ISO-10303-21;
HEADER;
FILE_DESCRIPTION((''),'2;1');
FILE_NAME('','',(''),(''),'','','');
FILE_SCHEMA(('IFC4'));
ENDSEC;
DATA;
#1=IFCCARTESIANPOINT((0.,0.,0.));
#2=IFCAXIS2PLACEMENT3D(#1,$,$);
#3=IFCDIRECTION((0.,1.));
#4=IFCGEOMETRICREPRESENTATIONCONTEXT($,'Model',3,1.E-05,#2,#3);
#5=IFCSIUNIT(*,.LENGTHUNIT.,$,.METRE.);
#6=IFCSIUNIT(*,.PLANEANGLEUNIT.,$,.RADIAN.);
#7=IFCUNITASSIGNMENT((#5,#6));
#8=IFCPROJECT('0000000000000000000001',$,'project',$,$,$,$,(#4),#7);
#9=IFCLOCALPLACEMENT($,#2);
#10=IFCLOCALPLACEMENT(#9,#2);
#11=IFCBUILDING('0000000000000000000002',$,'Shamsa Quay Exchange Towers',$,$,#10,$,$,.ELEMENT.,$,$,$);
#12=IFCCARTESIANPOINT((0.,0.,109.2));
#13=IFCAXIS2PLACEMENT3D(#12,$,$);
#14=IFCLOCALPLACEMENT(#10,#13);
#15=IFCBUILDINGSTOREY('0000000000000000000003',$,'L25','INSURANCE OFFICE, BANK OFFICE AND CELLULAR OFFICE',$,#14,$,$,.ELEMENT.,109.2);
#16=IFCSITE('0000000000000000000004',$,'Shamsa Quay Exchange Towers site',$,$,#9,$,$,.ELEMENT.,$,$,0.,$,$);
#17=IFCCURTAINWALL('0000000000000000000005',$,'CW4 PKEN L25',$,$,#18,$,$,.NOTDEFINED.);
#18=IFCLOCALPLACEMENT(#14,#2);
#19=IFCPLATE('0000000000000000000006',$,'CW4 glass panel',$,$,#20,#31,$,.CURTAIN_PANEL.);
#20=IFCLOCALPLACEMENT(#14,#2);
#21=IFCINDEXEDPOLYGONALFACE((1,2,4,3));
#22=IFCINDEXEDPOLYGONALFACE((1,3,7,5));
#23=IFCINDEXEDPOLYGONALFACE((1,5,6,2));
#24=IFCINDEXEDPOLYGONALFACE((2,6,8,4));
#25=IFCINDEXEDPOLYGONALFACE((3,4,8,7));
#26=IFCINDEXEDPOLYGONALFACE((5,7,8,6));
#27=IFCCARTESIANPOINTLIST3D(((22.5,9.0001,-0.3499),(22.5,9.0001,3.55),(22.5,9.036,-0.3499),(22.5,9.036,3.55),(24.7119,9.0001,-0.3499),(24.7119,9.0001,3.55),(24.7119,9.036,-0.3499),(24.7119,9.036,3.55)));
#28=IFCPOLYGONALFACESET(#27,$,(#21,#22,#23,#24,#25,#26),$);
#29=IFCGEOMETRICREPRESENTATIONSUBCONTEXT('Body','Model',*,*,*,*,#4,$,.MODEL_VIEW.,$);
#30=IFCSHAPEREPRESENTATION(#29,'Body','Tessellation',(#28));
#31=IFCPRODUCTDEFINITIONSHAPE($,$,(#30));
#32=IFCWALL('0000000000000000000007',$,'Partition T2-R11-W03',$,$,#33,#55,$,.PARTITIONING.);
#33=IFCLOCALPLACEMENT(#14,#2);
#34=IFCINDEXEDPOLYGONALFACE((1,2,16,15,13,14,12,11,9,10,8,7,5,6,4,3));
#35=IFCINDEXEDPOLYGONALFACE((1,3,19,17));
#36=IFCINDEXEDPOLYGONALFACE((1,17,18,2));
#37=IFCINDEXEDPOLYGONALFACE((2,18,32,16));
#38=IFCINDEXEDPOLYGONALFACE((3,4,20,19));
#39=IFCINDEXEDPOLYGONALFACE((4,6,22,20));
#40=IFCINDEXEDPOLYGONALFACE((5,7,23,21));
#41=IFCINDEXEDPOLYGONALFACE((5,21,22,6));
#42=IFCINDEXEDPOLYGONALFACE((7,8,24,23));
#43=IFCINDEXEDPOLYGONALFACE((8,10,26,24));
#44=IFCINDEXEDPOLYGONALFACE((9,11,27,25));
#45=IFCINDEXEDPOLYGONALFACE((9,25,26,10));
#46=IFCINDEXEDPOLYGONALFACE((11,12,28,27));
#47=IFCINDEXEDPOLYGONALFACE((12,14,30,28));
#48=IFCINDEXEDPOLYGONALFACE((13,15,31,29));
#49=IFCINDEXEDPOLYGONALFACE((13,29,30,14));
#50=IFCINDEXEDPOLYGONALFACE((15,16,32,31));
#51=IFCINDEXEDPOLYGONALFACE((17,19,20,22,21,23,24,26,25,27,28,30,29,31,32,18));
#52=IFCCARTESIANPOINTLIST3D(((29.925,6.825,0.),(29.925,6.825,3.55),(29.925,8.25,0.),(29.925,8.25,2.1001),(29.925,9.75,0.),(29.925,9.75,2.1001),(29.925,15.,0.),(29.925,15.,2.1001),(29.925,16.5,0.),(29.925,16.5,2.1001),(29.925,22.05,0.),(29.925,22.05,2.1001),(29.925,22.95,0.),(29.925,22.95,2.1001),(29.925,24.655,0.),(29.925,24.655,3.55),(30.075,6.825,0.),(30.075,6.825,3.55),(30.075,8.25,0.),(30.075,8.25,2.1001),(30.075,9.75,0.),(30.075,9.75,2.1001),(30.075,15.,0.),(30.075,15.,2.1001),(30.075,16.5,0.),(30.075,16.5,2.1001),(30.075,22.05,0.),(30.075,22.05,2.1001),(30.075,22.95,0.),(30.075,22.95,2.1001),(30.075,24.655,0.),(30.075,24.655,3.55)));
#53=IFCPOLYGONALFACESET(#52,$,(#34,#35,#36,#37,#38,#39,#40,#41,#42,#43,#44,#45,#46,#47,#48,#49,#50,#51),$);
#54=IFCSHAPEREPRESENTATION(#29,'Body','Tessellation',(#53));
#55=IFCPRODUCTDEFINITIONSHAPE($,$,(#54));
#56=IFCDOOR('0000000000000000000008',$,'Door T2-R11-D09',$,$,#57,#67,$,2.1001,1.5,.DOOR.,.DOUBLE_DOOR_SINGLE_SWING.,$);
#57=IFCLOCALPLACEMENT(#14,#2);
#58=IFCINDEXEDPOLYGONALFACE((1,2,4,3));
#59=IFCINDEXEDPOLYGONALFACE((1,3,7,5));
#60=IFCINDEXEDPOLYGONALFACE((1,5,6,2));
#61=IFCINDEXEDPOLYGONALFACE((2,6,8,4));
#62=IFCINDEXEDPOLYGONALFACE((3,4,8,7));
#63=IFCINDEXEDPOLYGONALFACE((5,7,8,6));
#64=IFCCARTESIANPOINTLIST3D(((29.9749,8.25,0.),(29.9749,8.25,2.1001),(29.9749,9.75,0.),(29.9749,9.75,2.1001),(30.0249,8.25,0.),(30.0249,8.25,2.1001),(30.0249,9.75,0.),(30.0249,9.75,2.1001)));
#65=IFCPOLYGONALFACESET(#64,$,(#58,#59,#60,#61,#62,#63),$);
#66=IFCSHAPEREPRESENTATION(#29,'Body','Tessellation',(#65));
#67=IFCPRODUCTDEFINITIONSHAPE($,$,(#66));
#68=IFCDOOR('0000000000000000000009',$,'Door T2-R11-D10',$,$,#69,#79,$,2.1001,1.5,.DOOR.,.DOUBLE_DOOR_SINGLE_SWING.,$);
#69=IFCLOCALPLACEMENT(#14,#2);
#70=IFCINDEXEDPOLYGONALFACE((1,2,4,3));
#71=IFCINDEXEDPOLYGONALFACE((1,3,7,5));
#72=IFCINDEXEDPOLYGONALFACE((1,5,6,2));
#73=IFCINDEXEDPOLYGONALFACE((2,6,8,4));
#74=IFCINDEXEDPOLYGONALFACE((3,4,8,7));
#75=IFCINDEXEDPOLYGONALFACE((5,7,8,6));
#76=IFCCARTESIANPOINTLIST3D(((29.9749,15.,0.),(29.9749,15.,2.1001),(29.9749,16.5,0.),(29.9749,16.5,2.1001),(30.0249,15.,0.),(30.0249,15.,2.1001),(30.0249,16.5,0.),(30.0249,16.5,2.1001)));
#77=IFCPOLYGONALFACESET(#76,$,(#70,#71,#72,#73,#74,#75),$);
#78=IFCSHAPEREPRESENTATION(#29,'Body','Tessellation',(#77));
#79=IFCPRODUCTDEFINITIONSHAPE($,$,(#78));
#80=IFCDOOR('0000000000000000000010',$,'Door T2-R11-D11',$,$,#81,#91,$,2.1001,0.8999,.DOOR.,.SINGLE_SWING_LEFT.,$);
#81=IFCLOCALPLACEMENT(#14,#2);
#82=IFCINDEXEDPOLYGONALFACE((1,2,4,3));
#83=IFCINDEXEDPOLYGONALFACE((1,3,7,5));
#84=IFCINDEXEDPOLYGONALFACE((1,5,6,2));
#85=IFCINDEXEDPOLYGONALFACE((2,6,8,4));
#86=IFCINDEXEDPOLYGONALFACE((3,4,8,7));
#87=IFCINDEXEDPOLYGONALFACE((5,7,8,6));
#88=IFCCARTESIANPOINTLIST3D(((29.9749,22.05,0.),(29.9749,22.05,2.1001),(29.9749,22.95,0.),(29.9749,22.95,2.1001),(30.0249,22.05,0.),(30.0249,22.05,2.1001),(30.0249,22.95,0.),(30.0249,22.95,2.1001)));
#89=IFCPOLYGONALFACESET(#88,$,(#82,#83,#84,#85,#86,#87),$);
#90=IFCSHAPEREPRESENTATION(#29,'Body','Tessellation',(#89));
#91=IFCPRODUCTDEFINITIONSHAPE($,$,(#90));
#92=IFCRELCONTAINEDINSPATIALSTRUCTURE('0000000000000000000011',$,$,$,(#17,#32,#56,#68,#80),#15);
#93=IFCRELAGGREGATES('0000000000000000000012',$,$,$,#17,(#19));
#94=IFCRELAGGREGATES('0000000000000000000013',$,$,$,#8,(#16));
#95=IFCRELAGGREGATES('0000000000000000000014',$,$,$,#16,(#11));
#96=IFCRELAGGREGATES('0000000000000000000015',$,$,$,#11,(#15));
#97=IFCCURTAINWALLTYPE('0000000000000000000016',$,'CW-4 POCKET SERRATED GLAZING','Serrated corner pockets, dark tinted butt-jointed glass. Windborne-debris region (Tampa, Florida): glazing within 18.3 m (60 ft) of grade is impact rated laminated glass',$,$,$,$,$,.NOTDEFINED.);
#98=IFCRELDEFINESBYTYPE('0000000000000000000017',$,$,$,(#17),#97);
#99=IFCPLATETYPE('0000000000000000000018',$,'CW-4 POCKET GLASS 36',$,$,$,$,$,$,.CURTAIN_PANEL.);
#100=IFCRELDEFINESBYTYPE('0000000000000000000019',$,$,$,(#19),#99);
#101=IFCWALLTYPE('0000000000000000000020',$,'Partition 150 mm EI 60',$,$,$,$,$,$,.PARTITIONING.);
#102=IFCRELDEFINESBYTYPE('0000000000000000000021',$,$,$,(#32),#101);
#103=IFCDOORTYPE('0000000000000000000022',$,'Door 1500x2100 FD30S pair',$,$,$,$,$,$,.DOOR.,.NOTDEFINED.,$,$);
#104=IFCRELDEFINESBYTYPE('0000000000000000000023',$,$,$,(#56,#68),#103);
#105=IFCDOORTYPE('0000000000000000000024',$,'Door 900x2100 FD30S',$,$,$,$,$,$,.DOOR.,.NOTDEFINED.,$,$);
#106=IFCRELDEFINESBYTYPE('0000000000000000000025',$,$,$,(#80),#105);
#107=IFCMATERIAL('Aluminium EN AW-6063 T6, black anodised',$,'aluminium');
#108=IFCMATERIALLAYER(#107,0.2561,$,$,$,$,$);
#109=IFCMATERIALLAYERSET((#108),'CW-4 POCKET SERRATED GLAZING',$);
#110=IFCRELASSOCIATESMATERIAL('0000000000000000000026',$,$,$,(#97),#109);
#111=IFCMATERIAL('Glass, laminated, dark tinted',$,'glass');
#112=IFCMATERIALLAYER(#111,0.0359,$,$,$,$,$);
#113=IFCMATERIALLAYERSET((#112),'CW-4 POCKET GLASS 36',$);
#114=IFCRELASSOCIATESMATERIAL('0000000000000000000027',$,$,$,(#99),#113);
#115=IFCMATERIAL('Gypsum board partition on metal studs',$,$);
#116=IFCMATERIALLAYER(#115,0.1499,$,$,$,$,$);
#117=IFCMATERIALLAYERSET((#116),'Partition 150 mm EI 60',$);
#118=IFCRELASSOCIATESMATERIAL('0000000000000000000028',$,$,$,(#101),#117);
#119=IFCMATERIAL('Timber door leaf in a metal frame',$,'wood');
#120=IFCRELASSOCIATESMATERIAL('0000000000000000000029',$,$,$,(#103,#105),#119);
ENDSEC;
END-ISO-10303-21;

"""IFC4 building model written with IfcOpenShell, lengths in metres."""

from ifc_helpers import new_model, si_unit, direction, frame, frame_2d, origin, origin_2d, place, context, subcontext, project, spatial, rectangle, extrude, material, layer, layer_set, type_object, element, fill, aggregate, save


model = new_model("IFC4")

# Units and contexts
model_context = context("Model", 3, precision=1e-05, world=origin(), true_north=direction((0.0, 1.0)))
body_context = subcontext(model_context, "Body", "Model", "MODEL_VIEW")
ifc_project = project(units=[si_unit("LENGTHUNIT", "METRE"), si_unit("PLANEANGLEUNIT", "RADIAN")], contexts=[model_context])

# Site, building, storey
site_placement = place(None, origin())
site = spatial("IfcSite", under=ifc_project, at=site_placement, Name="Shamsa Quay Exchange Towers site", CompositionType="ELEMENT", RefElevation=0.0)
building_placement = place(site_placement, origin())
building = spatial("IfcBuilding", under=site, at=building_placement, Name="Shamsa Quay Exchange Towers", CompositionType="ELEMENT")
storey_placement = place(building_placement, frame((0.0, 0.0, 109.2)))
storey = spatial("IfcBuildingStorey", under=building, at=storey_placement, Name="L25", Description="INSURANCE OFFICE, BANK OFFICE AND CELLULAR OFFICE", CompositionType="ELEMENT", Elevation=109.2)

# Shared definitions
ifc_material_1 = material(Name="Aluminium EN AW-6063 T6, black anodised", Category="aluminium")

# Shared definitions
ifc_material_2 = material(Name="Glass, laminated, dark tinted", Category="glass")

# Curtain wall, plate
ifc_layer_1 = layer(ifc_material_1, 0.2561)
ifc_layer_set_1 = layer_set([ifc_layer_1], Name="CW-4 POCKET SERRATED GLAZING")
curtain_wall_type_1 = type_object("IfcCurtainWallType", Name="CW-4 POCKET SERRATED GLAZING", Description="Serrated corner pockets, dark tinted butt-jointed glass. Windborne-debris region (Tampa, Florida): glazing within 18.3 m (60 ft) of grade is impact rated laminated glass", PredefinedType="NOTDEFINED", material=ifc_layer_set_1)
curtain_wall_1_placement = place(storey_placement, origin())
curtain_wall_1 = element("IfcCurtainWall", 1, at=curtain_wall_1_placement, inside=storey, type_object=curtain_wall_type_1, Name="CW4 PKEN L25", PredefinedType="NOTDEFINED")
ifc_layer_2 = layer(ifc_material_2, 0.0359)
ifc_layer_set_2 = layer_set([ifc_layer_2], Name="CW-4 POCKET GLASS 36")
plate_type_1 = type_object("IfcPlateType", Name="CW-4 POCKET GLASS 36", PredefinedType="CURTAIN_PANEL", material=ifc_layer_set_2)
plate_1_placement = place(storey_placement, frame((23.606, 9.0181, -0.3499), z_axis=(0.0, 0.0, 1.0), x_axis=(-1.0, 0.0, 0.0)))
plate_1 = element("IfcPlate", 2, at=plate_1_placement, type_object=plate_type_1, Name="CW4 glass panel", PredefinedType="CURTAIN_PANEL", context=body_context, shape_type="SweptSolid", body=[
    extrude(rectangle(XDim=2.2119, YDim=0.0359, at=origin_2d()), origin(), (0.0, 0.0, 1.0), 3.8999),
])
aggregate(curtain_wall_1, [plate_1])

# Wall, openings, doors
ifc_material_3 = material(Name="Gypsum board partition on metal studs")
ifc_layer_3 = layer(ifc_material_3, 0.1499)
ifc_layer_set_3 = layer_set([ifc_layer_3], Name="Partition 150 mm EI 60")
wall_type_1 = type_object("IfcWallType", Name="Partition 150 mm EI 60", PredefinedType="PARTITIONING", material=ifc_layer_set_3)
wall_1_placement = place(storey_placement, frame((30.0, 24.655, 0.0), z_axis=(0.0, 0.0, 1.0), x_axis=(0.0, -1.0, 0.0)))
wall_1 = element("IfcWall", 3, at=wall_1_placement, inside=storey, type_object=wall_type_1, Name="Partition T2-R11-W03", PredefinedType="PARTITIONING", context=body_context, shape_type="SweptSolid", body=[
    extrude(rectangle(XDim=17.8301, YDim=0.1499, at=frame_2d((8.915, 0.0))), origin(), (0.0, 0.0, 1.0), 3.55),
])
opening_1_placement = place(wall_1_placement, frame((14.905, 0.0, 0.0)))
opening_1 = element("IfcOpeningElement", 4, at=opening_1_placement, cuts=wall_1, PredefinedType="OPENING", context=body_context, shape_type="SweptSolid", body=[
    extrude(rectangle(XDim=1.5, YDim=2.1001, at=frame_2d((0.75, 1.05))), frame((0.0, 0.085, 0.0), z_axis=(0.0, -1.0, 0.0), x_axis=(1.0, 0.0, 0.0)), (0.0, 0.0, 1.0), 0.1699),
])
opening_2_placement = place(wall_1_placement, frame((8.155, 0.0, 0.0)))
opening_2 = element("IfcOpeningElement", 5, at=opening_2_placement, cuts=wall_1, PredefinedType="OPENING", context=body_context, shape_type="SweptSolid", body=[
    extrude(rectangle(XDim=1.5, YDim=2.1001, at=frame_2d((0.75, 1.05))), frame((0.0, 0.085, 0.0), z_axis=(0.0, -1.0, 0.0), x_axis=(1.0, 0.0, 0.0)), (0.0, 0.0, 1.0), 0.1699),
])
opening_3_placement = place(wall_1_placement, frame((1.7051, 0.0, 0.0)))
opening_3 = element("IfcOpeningElement", 6, at=opening_3_placement, cuts=wall_1, PredefinedType="OPENING", context=body_context, shape_type="SweptSolid", body=[
    extrude(rectangle(XDim=0.8999, YDim=2.1001, at=frame_2d((0.45, 1.05))), frame((0.0, 0.085, 0.0), z_axis=(0.0, -1.0, 0.0), x_axis=(1.0, 0.0, 0.0)), (0.0, 0.0, 1.0), 0.1699),
])
ifc_material_4 = material(Name="Timber door leaf in a metal frame", Category="wood")
door_type_1 = type_object("IfcDoorType", Name="Door 1500x2100 FD30S pair", OperationType="NOTDEFINED", PredefinedType="DOOR", material=ifc_material_4)
door_1_placement = place(opening_1_placement, origin())
door_1 = element("IfcDoor", 7, at=door_1_placement, inside=storey, type_object=door_type_1, Name="Door T2-R11-D09", OperationType="DOUBLE_DOOR_SINGLE_SWING", OverallHeight=2.1001, OverallWidth=1.5, PredefinedType="DOOR", context=body_context, shape_type="SweptSolid", body=[
    extrude(rectangle(XDim=1.5, YDim=2.1001, at=frame_2d((0.75, 1.05))), frame((0.0, 0.0249, 0.0), z_axis=(0.0, -1.0, 0.0), x_axis=(1.0, 0.0, 0.0)), (0.0, 0.0, 1.0), 0.05),
])
fill(opening_1, door_1)
door_2_placement = place(opening_2_placement, origin())
door_2 = element("IfcDoor", 8, at=door_2_placement, inside=storey, type_object=door_type_1, Name="Door T2-R11-D10", OperationType="DOUBLE_DOOR_SINGLE_SWING", OverallHeight=2.1001, OverallWidth=1.5, PredefinedType="DOOR", context=body_context, shape_type="SweptSolid", body=[
    extrude(rectangle(XDim=1.5, YDim=2.1001, at=frame_2d((0.75, 1.05))), frame((0.0, 0.0249, 0.0), z_axis=(0.0, -1.0, 0.0), x_axis=(1.0, 0.0, 0.0)), (0.0, 0.0, 1.0), 0.05),
])
fill(opening_2, door_2)
door_type_2 = type_object("IfcDoorType", Name="Door 900x2100 FD30S", OperationType="NOTDEFINED", PredefinedType="DOOR", material=ifc_material_4)
door_3_placement = place(opening_3_placement, origin())
door_3 = element("IfcDoor", 9, at=door_3_placement, inside=storey, type_object=door_type_2, Name="Door T2-R11-D11", OperationType="SINGLE_SWING_LEFT", OverallHeight=2.1001, OverallWidth=0.8999, PredefinedType="DOOR", context=body_context, shape_type="SweptSolid", body=[
    extrude(rectangle(XDim=0.8999, YDim=2.1001, at=frame_2d((0.45, 1.05))), frame((0.0, 0.0249, 0.0), z_axis=(0.0, -1.0, 0.0), x_axis=(1.0, 0.0, 0.0)), (0.0, 0.0, 1.0), 0.05),
])
fill(opening_3, door_3)

save(model, "model.ifc")
